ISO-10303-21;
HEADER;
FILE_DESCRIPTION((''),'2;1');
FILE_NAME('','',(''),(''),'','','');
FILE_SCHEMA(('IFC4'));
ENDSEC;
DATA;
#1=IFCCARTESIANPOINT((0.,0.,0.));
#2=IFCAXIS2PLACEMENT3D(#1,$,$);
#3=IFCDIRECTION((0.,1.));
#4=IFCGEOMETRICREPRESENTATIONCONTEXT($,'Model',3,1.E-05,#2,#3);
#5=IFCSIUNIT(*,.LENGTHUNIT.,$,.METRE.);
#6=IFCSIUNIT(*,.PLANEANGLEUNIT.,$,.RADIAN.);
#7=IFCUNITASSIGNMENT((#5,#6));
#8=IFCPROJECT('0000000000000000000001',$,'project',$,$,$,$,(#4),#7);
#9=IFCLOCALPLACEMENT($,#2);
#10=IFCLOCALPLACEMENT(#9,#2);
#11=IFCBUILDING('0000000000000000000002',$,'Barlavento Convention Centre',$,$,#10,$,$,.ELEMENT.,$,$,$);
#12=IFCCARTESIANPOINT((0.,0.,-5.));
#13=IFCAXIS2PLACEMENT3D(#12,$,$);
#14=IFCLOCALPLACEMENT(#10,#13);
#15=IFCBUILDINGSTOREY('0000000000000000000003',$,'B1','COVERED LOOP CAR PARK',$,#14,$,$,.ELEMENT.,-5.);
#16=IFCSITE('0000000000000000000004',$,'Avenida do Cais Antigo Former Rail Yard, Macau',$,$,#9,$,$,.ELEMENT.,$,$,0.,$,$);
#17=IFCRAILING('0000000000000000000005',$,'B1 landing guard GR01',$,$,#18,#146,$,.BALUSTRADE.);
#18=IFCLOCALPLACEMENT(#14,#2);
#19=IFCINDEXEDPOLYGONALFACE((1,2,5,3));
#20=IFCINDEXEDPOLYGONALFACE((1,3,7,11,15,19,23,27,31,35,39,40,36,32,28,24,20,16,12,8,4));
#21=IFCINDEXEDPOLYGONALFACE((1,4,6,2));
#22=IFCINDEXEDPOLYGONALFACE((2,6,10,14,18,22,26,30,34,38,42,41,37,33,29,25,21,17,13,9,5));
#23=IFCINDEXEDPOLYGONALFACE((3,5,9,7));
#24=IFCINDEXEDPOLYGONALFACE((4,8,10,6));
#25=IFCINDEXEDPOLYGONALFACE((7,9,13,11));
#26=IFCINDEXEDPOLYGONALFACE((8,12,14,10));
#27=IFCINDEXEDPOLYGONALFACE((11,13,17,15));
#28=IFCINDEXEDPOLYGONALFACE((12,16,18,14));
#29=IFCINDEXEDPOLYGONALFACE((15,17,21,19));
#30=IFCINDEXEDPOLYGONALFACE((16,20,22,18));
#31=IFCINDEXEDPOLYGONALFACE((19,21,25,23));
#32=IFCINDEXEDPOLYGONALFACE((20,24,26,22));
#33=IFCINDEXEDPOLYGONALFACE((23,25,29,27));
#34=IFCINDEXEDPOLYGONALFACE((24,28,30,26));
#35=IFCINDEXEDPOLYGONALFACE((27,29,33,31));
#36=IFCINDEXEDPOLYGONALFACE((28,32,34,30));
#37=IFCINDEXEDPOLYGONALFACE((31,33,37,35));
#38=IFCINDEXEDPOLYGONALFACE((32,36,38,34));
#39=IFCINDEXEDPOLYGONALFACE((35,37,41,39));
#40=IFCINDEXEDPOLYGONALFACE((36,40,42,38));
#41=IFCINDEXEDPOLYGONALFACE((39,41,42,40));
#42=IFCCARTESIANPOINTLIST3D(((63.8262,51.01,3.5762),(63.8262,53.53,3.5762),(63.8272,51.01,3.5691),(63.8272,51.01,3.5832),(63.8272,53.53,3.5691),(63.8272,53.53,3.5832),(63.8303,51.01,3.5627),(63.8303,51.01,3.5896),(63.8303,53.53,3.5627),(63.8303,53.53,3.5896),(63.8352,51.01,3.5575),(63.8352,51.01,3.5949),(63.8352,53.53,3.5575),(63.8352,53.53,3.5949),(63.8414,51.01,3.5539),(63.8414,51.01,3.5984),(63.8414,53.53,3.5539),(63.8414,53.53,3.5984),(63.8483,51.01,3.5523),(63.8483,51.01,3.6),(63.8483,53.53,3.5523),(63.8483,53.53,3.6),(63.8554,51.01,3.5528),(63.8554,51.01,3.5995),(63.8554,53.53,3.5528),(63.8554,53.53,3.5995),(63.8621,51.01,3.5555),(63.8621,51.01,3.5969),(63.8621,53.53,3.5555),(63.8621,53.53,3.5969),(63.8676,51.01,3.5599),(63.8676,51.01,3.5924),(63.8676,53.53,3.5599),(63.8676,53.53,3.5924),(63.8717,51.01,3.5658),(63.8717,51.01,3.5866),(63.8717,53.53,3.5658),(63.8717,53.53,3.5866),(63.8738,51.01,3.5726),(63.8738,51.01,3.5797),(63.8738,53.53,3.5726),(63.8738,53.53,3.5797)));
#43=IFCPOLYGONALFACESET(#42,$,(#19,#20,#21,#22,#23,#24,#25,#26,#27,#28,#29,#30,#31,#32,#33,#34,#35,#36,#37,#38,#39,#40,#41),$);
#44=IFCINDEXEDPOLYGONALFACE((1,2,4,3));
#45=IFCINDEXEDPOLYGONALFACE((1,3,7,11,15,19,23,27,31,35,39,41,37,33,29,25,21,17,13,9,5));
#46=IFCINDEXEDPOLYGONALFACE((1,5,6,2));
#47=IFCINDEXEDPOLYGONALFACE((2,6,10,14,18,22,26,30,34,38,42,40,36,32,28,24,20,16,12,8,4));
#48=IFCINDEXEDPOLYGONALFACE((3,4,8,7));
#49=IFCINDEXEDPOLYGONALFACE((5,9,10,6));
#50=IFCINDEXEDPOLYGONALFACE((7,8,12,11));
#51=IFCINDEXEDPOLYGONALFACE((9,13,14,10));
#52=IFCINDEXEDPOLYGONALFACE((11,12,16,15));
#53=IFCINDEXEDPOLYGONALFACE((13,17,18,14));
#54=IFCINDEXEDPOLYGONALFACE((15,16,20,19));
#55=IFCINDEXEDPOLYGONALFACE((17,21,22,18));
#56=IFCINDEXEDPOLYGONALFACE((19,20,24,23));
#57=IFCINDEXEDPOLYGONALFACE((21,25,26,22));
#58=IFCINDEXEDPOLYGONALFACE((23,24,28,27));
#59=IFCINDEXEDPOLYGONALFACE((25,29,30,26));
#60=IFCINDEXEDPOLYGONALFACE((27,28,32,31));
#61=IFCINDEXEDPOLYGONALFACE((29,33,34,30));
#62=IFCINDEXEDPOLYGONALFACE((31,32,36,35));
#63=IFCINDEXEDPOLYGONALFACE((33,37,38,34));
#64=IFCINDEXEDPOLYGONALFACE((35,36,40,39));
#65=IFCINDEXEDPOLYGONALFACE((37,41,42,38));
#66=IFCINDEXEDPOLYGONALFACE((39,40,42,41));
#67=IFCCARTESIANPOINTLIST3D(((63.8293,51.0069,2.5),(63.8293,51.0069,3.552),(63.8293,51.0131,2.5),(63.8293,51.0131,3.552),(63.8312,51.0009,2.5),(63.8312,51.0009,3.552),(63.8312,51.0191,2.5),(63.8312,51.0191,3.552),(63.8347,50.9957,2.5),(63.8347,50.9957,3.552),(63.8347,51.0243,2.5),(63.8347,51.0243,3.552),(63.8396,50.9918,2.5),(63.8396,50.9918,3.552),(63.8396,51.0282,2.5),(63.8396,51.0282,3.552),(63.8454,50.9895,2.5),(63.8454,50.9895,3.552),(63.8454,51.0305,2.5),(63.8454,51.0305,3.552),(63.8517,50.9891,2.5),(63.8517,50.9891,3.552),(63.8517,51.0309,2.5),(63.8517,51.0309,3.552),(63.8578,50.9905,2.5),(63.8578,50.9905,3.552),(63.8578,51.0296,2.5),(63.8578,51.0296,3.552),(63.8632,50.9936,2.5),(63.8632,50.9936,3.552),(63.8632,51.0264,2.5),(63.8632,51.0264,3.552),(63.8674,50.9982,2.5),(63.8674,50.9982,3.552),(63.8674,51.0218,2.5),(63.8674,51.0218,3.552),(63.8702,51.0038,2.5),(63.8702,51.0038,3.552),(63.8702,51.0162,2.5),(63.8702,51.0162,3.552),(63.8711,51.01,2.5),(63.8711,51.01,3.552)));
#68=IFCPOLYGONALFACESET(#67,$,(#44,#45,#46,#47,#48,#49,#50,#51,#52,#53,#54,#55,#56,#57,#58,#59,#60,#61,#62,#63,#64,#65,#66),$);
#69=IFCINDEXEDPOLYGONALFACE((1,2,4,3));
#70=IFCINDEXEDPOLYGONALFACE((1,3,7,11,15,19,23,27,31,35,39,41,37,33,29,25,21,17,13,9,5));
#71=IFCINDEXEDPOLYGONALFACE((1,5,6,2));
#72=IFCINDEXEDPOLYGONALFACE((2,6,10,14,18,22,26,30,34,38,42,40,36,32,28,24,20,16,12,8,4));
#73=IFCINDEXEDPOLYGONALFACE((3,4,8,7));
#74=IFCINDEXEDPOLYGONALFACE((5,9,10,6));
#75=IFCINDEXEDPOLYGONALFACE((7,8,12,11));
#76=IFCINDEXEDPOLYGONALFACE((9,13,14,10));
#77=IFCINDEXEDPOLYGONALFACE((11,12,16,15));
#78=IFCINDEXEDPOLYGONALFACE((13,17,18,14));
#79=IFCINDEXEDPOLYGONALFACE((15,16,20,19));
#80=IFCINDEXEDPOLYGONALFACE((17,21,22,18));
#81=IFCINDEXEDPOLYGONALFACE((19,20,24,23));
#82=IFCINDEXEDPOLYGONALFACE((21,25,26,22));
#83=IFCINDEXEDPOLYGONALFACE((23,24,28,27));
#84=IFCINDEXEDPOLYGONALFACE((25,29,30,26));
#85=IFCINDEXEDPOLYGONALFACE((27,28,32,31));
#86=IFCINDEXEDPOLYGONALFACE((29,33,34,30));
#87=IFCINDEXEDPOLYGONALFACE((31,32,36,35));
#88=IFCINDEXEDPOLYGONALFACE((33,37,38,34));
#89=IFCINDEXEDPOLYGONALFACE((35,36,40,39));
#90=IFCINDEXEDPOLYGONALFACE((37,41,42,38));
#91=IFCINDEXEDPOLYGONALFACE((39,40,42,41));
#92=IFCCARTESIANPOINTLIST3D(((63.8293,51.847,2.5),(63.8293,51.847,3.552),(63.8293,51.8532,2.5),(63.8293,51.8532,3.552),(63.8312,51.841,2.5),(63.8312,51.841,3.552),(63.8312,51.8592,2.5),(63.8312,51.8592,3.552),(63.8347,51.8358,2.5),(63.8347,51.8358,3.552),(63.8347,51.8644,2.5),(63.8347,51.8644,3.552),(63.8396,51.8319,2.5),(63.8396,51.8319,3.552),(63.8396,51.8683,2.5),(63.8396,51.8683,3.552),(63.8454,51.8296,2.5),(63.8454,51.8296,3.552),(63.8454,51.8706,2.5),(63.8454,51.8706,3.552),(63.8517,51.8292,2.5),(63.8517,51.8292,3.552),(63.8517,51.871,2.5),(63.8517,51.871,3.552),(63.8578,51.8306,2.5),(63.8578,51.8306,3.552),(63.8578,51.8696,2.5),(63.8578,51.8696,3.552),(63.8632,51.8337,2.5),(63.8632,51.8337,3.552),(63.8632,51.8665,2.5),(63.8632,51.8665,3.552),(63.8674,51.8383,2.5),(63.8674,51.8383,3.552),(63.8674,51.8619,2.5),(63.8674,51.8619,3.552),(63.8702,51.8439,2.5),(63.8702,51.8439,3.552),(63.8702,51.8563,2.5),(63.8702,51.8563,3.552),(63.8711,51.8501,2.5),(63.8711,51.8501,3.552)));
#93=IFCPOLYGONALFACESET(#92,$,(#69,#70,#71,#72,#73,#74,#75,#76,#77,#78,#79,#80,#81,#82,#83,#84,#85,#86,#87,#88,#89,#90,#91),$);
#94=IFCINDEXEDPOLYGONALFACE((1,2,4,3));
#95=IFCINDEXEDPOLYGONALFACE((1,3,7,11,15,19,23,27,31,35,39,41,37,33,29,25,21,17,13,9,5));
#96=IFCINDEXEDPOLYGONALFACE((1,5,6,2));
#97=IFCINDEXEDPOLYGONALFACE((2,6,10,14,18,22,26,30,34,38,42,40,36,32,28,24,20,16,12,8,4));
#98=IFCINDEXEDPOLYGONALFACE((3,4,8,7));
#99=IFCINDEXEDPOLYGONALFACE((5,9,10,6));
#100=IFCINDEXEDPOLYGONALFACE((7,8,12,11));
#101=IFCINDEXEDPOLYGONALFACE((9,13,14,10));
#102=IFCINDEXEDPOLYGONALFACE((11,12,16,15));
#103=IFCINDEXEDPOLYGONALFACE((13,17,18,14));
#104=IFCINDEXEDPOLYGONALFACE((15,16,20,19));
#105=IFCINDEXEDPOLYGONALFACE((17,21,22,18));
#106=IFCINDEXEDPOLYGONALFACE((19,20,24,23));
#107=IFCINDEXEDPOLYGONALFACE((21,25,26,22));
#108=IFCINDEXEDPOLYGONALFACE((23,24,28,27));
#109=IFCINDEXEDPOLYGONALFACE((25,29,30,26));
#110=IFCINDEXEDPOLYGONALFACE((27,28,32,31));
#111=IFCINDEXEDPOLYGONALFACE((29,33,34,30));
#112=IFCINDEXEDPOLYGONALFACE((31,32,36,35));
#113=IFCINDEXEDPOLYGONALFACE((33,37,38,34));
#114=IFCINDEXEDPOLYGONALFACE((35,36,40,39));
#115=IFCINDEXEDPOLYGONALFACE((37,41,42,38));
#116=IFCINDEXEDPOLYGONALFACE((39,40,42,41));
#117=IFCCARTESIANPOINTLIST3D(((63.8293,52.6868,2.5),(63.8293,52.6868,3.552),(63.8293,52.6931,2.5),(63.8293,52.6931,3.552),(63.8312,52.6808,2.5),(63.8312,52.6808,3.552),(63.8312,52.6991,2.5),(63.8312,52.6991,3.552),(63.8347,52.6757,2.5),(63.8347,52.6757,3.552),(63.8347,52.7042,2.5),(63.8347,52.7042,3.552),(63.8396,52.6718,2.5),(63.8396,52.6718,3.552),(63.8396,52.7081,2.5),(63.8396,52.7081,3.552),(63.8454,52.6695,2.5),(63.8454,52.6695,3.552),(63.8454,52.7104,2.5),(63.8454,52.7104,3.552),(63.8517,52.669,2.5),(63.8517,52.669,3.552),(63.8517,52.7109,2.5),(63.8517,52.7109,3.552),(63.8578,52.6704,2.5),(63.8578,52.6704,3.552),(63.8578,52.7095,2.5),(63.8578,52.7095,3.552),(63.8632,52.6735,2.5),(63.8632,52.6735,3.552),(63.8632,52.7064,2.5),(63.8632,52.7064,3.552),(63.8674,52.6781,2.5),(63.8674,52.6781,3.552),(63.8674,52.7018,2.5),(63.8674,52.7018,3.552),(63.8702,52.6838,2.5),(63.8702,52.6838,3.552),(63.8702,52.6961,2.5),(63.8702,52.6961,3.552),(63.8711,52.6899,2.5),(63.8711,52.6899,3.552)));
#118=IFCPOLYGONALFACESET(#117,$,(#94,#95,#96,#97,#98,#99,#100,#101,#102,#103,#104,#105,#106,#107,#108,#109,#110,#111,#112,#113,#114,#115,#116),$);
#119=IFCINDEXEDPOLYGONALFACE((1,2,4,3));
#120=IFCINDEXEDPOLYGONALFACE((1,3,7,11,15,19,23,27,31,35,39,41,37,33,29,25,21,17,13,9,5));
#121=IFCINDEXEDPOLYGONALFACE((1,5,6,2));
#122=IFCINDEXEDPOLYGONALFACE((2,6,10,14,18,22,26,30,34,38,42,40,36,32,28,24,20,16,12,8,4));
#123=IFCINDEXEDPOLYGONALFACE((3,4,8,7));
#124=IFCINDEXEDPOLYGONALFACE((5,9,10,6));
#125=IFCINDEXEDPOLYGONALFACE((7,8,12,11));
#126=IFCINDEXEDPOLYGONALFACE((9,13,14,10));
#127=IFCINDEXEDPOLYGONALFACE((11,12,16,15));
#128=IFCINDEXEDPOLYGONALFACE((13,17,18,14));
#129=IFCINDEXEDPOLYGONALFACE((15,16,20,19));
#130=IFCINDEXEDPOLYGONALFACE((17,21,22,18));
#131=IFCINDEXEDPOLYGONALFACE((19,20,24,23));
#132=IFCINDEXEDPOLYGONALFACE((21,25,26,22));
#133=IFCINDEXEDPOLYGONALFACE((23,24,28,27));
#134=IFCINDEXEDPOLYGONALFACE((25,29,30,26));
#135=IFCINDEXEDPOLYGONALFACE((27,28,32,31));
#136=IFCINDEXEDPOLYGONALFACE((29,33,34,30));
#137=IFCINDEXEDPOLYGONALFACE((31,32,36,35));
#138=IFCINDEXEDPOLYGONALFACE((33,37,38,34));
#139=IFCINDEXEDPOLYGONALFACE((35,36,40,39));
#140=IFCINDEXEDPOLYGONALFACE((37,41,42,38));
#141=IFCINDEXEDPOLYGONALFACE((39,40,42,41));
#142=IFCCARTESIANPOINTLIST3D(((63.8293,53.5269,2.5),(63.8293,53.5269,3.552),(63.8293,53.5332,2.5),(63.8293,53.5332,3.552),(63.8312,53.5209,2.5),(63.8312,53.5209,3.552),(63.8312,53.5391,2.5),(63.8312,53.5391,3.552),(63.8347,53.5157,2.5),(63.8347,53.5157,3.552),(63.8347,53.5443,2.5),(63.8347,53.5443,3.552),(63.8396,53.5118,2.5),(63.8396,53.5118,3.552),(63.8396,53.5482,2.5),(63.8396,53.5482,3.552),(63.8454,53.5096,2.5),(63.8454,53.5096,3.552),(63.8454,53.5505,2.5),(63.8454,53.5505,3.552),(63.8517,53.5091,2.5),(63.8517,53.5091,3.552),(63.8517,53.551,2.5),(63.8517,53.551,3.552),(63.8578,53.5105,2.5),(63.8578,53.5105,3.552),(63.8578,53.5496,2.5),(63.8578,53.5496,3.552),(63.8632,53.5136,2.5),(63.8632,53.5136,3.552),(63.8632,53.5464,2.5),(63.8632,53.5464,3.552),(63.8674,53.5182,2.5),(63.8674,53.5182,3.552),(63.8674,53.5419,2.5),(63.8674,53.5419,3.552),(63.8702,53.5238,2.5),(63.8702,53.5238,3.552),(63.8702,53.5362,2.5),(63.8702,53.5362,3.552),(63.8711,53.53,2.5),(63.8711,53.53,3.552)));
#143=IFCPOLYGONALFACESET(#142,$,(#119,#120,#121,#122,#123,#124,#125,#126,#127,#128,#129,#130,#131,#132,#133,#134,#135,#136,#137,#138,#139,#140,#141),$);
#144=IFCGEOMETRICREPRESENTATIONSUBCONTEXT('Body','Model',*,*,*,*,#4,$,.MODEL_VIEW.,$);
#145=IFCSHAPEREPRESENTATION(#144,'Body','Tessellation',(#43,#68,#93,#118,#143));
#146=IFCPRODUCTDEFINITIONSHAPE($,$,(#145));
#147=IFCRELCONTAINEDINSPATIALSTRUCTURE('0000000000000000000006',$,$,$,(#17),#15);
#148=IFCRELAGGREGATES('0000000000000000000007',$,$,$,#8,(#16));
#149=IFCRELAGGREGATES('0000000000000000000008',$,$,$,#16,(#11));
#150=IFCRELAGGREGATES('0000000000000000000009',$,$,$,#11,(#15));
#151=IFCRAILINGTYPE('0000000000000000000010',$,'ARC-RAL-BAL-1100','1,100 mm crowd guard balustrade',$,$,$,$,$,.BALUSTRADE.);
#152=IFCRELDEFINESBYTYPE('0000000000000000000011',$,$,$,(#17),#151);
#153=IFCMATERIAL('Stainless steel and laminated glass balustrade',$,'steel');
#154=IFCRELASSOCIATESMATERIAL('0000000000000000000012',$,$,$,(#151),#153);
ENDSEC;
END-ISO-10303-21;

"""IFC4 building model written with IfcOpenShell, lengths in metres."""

from ifc_helpers import new_model, si_unit, direction, frame, origin, origin_2d, place, context, subcontext, project, spatial, circle, extrude, material, type_object, element, save


model = new_model("IFC4")

# Units and contexts
model_context = context("Model", 3, precision=1e-05, world=origin(), true_north=direction((0.0, 1.0)))
body_context = subcontext(model_context, "Body", "Model", "MODEL_VIEW")
ifc_project = project(units=[si_unit("LENGTHUNIT", "METRE"), si_unit("PLANEANGLEUNIT", "RADIAN")], contexts=[model_context])

# Site, building, storey
site_placement = place(None, origin())
site = spatial("IfcSite", under=ifc_project, at=site_placement, Name="Avenida do Cais Antigo Former Rail Yard, Macau", CompositionType="ELEMENT", RefElevation=0.0)
building_placement = place(site_placement, origin())
building = spatial("IfcBuilding", under=site, at=building_placement, Name="Barlavento Convention Centre", CompositionType="ELEMENT")
storey_placement = place(building_placement, frame((0.0, 0.0, -5.0)))
storey = spatial("IfcBuildingStorey", under=building, at=storey_placement, Name="B1", Description="COVERED LOOP CAR PARK", CompositionType="ELEMENT", Elevation=-5.0)

# Railing
ifc_material_1 = material(Name="Stainless steel and laminated glass balustrade", Category="steel")
railing_type_1 = type_object("IfcRailingType", Name="ARC-RAL-BAL-1100", Description="1,100 mm crowd guard balustrade", PredefinedType="BALUSTRADE", material=ifc_material_1)
railing_1_placement = place(storey_placement, frame((63.8501, 51.01, 2.5)))
element("IfcRailing", 1, at=railing_1_placement, inside=storey, type_object=railing_type_1, Name="B1 landing guard GR01", PredefinedType="BALUSTRADE", context=body_context, shape_type="SweptSolid", body=[
    extrude(circle(Radius=0.0239, at=origin_2d()), frame((0.0, 0.0, 1.0762), z_axis=(0.0, 1.0, 0.0), x_axis=(-1.0, 0.0, 0.0)), (0.0, 0.0, 1.0), 2.52),
    extrude(circle(Radius=0.021, at=origin_2d()), origin(), (0.0, 0.0, 1.0), 1.052),
    extrude(circle(Radius=0.021, at=origin_2d()), frame((0.0, 0.8401, 0.0)), (0.0, 0.0, 1.0), 1.052),
    extrude(circle(Radius=0.021, at=origin_2d()), frame((0.0, 1.6799, 0.0)), (0.0, 0.0, 1.0), 1.052),
    extrude(circle(Radius=0.021, at=origin_2d()), frame((0.0, 2.52, 0.0)), (0.0, 0.0, 1.0), 1.052),
])

save(model, "model.ifc")
